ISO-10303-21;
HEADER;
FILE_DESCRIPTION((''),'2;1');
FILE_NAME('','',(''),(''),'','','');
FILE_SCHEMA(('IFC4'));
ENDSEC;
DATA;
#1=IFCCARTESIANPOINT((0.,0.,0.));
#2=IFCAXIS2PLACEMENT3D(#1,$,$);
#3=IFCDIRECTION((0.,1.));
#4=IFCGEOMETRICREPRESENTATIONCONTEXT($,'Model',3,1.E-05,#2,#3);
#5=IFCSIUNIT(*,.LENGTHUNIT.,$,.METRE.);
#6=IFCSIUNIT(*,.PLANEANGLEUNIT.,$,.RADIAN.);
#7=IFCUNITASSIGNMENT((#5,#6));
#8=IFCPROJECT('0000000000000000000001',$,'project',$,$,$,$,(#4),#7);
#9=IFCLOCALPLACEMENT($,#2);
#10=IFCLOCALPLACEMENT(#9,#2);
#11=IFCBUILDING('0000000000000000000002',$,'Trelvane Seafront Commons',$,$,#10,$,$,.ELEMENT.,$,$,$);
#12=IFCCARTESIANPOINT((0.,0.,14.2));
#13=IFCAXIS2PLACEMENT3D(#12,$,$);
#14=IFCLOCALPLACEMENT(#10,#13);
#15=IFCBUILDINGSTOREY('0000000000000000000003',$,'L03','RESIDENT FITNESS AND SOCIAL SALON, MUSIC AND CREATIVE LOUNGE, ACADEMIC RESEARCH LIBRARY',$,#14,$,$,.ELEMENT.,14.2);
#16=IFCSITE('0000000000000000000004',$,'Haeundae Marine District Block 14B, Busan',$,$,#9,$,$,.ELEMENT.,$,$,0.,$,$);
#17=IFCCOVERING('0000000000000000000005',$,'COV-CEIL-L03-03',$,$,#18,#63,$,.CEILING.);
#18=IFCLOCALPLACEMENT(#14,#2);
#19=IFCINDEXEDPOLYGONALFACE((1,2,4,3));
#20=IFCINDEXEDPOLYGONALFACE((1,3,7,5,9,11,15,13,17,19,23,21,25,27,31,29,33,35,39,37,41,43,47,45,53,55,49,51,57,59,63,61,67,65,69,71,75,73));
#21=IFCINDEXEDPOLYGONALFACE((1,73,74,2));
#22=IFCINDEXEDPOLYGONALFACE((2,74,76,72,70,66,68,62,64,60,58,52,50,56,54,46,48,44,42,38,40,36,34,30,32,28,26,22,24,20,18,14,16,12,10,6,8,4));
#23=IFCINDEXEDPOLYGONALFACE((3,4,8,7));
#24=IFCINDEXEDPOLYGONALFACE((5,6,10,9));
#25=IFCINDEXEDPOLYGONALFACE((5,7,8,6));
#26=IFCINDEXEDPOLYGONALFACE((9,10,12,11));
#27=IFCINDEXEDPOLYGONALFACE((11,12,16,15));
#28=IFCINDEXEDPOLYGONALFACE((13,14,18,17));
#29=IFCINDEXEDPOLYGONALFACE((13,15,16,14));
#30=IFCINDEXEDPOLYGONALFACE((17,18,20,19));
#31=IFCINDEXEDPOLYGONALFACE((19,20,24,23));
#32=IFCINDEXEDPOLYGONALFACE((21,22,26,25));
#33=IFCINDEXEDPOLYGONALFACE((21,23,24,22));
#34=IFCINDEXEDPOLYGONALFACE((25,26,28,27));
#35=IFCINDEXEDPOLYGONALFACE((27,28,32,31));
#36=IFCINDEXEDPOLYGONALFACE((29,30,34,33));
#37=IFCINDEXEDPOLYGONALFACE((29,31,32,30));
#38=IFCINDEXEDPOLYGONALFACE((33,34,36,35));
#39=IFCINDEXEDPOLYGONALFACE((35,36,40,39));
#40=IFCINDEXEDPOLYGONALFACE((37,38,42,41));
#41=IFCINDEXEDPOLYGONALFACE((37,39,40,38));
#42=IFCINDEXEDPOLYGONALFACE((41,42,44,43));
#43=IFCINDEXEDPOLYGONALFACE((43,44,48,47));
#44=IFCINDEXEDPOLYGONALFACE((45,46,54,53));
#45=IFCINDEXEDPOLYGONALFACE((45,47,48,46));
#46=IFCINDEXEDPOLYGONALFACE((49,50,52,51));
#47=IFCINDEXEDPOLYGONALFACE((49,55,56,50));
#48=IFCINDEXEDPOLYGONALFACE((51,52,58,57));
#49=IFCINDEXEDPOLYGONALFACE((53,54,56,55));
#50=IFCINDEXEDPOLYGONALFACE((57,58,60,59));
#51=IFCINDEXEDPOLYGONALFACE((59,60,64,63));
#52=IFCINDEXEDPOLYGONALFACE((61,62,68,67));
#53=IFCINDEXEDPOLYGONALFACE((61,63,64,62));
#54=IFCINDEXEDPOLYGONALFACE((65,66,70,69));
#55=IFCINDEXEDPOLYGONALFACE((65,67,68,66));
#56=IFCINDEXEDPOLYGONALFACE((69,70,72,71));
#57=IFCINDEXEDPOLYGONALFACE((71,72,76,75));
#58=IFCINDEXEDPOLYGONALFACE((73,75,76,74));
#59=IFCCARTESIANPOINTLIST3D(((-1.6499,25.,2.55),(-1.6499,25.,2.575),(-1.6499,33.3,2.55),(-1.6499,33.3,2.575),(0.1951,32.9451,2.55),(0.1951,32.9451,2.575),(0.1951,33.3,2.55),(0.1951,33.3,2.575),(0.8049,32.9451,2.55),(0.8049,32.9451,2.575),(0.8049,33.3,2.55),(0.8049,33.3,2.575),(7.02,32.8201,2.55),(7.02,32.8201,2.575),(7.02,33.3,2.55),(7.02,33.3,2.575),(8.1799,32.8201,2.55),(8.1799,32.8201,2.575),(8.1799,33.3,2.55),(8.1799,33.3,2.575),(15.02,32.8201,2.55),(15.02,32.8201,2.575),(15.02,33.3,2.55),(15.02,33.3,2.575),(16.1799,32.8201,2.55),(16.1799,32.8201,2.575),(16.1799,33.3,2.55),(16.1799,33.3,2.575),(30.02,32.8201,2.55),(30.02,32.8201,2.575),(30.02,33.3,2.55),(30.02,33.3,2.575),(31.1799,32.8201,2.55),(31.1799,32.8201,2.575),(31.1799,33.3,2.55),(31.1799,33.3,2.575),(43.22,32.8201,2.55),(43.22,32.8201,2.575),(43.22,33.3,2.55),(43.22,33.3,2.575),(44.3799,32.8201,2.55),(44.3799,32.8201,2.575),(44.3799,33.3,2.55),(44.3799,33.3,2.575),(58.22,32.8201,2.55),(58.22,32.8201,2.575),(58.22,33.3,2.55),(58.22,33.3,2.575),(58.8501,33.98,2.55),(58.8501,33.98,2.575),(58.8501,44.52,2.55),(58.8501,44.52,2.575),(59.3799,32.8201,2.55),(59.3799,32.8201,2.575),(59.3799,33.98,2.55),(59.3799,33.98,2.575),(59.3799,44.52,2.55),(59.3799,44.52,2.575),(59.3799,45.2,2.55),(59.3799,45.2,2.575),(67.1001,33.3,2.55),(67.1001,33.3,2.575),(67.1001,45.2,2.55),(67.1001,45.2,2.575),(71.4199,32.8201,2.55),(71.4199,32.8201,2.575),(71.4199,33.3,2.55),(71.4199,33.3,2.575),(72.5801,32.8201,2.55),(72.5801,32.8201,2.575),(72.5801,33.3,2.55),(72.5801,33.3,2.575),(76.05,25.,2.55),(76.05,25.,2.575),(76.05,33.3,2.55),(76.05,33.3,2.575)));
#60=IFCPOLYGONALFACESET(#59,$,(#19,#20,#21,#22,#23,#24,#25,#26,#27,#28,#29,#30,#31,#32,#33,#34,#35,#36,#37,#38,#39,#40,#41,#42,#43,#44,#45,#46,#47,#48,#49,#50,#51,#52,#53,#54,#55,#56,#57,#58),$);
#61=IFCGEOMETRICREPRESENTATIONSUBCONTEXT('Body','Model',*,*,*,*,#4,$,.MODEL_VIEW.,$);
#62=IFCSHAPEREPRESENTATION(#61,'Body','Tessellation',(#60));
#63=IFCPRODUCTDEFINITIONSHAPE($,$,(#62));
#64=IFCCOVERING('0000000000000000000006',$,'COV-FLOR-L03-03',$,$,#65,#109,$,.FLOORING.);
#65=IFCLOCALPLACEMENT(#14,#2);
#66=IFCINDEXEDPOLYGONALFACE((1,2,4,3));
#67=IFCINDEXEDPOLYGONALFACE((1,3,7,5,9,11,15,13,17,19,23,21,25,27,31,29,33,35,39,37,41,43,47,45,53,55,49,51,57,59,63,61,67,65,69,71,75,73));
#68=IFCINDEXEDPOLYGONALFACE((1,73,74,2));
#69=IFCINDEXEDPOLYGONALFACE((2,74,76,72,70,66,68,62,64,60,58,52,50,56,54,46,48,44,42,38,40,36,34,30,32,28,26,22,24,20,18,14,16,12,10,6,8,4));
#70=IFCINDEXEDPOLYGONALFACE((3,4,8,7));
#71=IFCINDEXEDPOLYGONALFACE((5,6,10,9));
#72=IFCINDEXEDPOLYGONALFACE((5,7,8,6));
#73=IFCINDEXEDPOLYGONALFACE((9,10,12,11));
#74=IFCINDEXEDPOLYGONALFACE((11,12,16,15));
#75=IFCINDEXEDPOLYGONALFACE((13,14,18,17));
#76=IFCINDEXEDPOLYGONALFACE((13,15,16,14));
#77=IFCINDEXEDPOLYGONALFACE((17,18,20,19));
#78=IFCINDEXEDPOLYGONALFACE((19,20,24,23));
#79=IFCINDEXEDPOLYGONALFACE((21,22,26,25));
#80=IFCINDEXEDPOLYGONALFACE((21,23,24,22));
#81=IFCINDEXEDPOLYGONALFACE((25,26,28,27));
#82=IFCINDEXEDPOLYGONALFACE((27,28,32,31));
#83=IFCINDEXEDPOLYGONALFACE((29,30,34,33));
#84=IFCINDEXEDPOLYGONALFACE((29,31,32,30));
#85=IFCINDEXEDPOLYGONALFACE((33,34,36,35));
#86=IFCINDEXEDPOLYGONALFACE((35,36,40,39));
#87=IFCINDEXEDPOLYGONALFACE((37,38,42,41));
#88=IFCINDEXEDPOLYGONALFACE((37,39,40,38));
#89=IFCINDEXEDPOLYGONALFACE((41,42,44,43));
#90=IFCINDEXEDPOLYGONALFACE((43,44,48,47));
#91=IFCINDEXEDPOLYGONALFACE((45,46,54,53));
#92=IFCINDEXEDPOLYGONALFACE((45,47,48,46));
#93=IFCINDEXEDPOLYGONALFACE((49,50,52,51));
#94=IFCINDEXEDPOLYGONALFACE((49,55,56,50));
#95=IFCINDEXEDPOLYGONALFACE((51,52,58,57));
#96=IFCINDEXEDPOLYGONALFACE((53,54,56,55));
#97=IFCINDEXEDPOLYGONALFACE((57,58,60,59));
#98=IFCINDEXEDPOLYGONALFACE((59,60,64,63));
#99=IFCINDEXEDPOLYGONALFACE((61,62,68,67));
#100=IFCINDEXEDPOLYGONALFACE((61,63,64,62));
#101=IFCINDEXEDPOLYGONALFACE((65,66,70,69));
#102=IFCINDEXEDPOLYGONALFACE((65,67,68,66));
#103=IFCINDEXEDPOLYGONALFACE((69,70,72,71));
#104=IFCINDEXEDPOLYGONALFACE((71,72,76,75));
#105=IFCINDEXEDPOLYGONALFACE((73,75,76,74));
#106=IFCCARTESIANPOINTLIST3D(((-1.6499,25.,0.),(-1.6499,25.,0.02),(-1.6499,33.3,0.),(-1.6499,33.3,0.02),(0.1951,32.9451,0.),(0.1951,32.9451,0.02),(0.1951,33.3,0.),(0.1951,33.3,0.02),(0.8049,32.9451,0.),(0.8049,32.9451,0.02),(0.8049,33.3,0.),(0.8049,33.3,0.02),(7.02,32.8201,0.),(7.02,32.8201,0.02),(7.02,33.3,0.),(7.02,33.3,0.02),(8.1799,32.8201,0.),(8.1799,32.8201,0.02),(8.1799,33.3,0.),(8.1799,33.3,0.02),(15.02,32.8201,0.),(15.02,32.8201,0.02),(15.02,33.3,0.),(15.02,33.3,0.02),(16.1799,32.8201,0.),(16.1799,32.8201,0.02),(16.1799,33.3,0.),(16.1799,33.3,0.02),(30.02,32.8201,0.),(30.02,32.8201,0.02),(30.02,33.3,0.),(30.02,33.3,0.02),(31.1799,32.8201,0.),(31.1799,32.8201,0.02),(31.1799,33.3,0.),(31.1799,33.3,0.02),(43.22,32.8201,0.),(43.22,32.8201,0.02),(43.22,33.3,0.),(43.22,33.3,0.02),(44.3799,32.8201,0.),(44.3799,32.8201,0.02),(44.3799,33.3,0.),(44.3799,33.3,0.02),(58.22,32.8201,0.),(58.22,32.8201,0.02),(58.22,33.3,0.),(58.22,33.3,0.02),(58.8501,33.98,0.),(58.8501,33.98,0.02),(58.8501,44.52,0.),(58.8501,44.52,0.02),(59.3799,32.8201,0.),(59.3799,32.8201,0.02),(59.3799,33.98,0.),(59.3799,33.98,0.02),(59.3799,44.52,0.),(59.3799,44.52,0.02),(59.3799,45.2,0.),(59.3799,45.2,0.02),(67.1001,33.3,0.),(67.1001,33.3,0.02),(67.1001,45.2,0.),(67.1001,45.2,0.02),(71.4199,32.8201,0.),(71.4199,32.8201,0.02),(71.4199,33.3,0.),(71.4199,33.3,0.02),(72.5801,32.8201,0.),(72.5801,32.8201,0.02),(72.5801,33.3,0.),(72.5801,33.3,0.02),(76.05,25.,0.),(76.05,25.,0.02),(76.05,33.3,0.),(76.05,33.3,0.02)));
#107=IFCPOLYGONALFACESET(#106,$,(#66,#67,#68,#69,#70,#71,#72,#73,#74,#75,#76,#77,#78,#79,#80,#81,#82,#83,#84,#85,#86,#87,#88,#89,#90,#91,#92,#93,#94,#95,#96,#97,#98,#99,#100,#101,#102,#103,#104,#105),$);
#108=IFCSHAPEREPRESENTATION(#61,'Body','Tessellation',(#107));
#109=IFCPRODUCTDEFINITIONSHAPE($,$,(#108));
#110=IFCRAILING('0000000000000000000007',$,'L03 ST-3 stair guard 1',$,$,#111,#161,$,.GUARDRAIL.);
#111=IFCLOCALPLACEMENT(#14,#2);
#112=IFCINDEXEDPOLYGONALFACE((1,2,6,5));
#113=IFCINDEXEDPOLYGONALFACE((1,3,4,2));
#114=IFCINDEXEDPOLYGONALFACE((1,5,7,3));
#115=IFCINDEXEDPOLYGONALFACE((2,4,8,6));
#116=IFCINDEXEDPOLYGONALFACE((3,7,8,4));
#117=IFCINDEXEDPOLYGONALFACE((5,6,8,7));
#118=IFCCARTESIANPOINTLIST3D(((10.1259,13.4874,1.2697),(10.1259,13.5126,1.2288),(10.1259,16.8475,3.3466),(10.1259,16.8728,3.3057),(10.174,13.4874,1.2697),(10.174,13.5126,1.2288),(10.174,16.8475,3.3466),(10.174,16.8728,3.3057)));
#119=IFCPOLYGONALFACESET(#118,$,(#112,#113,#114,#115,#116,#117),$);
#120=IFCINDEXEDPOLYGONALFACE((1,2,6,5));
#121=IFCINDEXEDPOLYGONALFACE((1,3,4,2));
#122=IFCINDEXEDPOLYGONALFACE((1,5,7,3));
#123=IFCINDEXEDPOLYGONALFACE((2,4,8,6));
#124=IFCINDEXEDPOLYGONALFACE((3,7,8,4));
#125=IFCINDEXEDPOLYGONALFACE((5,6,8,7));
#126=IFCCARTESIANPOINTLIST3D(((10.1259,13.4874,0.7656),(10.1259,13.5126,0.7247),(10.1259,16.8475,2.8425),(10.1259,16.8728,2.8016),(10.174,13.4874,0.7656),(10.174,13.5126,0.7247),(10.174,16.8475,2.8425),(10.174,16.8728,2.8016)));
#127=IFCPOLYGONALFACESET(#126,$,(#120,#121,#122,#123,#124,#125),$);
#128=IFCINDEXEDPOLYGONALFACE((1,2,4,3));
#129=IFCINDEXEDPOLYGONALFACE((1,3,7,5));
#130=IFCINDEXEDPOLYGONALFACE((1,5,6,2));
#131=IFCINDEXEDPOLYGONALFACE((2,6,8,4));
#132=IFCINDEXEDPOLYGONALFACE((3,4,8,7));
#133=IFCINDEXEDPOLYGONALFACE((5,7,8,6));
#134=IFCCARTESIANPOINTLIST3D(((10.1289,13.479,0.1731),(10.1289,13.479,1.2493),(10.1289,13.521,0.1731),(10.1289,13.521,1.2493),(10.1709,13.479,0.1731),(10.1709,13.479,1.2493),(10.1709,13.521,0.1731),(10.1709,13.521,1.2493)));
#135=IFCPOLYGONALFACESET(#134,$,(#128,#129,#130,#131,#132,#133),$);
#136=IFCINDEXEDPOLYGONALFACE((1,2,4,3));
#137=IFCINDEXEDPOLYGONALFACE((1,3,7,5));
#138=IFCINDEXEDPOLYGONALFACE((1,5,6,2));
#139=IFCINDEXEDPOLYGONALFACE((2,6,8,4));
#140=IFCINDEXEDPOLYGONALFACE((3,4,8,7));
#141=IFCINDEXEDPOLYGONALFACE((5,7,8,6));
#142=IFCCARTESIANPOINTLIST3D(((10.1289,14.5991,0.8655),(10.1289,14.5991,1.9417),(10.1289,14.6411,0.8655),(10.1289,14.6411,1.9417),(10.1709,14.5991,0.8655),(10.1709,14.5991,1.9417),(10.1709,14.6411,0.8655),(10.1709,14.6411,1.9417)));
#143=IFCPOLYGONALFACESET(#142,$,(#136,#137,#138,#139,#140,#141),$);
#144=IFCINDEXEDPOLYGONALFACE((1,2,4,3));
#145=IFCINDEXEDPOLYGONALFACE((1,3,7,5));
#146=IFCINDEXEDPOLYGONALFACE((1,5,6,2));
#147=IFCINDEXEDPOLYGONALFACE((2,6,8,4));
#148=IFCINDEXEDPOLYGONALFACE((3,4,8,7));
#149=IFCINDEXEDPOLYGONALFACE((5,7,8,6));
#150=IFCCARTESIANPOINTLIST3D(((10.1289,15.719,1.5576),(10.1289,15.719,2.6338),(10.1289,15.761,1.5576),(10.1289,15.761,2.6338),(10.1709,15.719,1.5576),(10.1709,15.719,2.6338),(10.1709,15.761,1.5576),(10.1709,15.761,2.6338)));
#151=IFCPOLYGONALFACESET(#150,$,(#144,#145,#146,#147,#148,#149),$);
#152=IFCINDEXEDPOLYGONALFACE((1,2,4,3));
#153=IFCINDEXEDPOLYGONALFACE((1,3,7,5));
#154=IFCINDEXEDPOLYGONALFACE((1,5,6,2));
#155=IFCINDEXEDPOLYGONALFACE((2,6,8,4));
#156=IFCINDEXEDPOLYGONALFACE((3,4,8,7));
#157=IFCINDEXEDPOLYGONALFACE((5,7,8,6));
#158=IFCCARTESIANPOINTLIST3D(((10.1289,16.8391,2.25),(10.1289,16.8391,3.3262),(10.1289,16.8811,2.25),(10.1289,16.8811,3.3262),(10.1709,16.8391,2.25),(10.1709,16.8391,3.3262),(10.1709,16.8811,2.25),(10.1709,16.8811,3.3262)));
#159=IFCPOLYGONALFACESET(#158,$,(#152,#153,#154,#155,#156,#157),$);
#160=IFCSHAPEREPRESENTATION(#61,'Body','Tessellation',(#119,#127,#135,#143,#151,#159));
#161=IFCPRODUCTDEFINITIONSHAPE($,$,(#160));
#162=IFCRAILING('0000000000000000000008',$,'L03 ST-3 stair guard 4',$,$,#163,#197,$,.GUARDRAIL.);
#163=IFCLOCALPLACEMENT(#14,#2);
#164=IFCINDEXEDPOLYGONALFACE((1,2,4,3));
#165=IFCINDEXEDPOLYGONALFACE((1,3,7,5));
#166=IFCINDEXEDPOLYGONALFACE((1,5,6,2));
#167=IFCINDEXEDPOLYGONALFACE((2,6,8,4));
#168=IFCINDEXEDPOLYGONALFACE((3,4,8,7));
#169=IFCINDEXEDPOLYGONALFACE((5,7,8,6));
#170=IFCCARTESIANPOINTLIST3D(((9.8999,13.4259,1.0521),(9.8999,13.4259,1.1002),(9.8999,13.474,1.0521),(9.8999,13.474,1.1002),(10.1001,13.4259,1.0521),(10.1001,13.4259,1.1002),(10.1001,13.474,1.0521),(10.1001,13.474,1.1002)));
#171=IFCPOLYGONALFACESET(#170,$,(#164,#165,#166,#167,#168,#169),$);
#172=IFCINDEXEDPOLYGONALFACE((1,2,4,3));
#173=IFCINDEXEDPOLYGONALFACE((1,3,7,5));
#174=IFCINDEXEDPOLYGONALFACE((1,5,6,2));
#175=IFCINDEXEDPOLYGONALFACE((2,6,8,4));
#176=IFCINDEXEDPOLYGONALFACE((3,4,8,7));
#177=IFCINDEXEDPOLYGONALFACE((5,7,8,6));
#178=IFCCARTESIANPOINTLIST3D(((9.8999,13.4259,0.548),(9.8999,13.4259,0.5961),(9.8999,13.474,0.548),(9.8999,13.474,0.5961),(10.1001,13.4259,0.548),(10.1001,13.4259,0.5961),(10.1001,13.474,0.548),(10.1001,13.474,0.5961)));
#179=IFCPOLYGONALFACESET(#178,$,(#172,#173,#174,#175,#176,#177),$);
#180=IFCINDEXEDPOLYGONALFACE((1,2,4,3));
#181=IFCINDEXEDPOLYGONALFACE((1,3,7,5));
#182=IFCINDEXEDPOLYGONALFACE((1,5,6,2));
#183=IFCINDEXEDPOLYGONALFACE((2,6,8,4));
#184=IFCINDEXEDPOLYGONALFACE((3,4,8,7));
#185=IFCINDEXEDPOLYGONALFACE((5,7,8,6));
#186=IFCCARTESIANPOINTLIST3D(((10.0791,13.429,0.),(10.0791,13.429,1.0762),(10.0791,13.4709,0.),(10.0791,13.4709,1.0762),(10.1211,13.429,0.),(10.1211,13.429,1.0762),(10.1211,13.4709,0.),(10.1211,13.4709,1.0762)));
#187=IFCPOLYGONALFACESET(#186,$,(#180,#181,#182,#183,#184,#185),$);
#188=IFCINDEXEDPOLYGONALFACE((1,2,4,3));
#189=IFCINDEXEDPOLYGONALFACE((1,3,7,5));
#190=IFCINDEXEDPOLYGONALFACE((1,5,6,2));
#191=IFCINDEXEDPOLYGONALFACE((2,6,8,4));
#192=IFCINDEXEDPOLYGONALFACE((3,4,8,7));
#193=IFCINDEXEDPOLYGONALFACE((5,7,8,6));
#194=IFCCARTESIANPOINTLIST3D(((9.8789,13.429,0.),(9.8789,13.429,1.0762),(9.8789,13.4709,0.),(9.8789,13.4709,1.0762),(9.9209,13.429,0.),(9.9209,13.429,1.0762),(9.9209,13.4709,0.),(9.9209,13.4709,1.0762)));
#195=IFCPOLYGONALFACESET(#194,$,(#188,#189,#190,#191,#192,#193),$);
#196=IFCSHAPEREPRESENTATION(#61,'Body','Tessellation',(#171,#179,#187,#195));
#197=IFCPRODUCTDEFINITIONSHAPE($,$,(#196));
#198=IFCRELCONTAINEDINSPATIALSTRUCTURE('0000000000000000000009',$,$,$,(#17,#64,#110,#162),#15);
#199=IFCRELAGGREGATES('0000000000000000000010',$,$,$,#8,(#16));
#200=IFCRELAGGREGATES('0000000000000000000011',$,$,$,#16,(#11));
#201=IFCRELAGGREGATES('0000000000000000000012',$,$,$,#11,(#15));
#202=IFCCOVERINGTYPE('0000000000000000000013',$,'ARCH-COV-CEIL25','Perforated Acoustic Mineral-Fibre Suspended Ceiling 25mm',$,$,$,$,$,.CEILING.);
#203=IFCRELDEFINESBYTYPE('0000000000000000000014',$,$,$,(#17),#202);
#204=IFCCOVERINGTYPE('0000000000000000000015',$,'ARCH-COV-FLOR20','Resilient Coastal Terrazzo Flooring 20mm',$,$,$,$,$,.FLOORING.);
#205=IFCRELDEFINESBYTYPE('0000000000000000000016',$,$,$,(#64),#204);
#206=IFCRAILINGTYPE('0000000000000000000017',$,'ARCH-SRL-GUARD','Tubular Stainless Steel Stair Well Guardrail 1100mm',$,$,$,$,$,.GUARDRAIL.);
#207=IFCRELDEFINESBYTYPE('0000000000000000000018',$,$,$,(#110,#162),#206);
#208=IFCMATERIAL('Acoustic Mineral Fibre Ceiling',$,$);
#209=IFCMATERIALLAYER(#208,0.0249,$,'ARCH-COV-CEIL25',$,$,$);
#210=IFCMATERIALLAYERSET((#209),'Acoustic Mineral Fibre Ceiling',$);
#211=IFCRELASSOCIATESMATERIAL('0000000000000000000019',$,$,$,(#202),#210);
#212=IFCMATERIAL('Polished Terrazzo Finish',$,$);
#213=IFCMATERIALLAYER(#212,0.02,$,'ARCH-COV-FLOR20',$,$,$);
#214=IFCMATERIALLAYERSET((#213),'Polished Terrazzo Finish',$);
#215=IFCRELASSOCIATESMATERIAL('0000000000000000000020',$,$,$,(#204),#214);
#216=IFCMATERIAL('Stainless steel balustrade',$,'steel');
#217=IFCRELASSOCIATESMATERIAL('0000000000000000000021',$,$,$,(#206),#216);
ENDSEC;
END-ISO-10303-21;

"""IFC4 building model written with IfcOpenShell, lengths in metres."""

from ifc_helpers import new_model, si_unit, direction, frame, origin, origin_2d, place, context, subcontext, project, spatial, polyline, rectangle, outline, extrude, material, layer, layer_set, type_object, element, save


model = new_model("IFC4")

# Units and contexts
model_context = context("Model", 3, precision=1e-05, world=origin(), true_north=direction((0.0, 1.0)))
body_context = subcontext(model_context, "Body", "Model", "MODEL_VIEW")
ifc_project = project(units=[si_unit("LENGTHUNIT", "METRE"), si_unit("PLANEANGLEUNIT", "RADIAN")], contexts=[model_context])

# Site, building, storey
site_placement = place(None, origin())
site = spatial("IfcSite", under=ifc_project, at=site_placement, Name="Haeundae Marine District Block 14B, Busan", CompositionType="ELEMENT", RefElevation=0.0)
building_placement = place(site_placement, origin())
building = spatial("IfcBuilding", under=site, at=building_placement, Name="Trelvane Seafront Commons", CompositionType="ELEMENT")
storey_placement = place(building_placement, frame((0.0, 0.0, 14.2)))
storey = spatial("IfcBuildingStorey", under=building, at=storey_placement, Name="L03", Description="RESIDENT FITNESS AND SOCIAL SALON, MUSIC AND CREATIVE LOUNGE, ACADEMIC RESEARCH LIBRARY", CompositionType="ELEMENT", Elevation=14.2)

# Coverings
ifc_material_1 = material(Name="Acoustic Mineral Fibre Ceiling")
ifc_layer_1 = layer(ifc_material_1, 0.0249, Name="ARCH-COV-CEIL25")
ifc_layer_set_1 = layer_set([ifc_layer_1], Name="Acoustic Mineral Fibre Ceiling")
covering_type_1 = type_object("IfcCoveringType", Name="ARCH-COV-CEIL25", Description="Perforated Acoustic Mineral-Fibre Suspended Ceiling 25mm", PredefinedType="CEILING", material=ifc_layer_set_1)
covering_1_placement = place(storey_placement, frame((0.0, 0.0, 2.55)))
element("IfcCovering", 1, at=covering_1_placement, inside=storey, type_object=covering_type_1, Name="COV-CEIL-L03-03", PredefinedType="CEILING", context=body_context, shape_type="SweptSolid", body=[
    extrude(outline(polyline([(72.5801, 33.3), (72.5801, 32.8201), (71.4199, 32.8201), (71.4199, 33.3), (67.1001, 33.3), (67.1001, 45.2), (59.3799, 45.2), (59.3799, 44.52), (58.8501, 44.52), (58.8501, 33.98), (59.3799, 33.98), (59.3799, 32.8201), (58.22, 32.8201), (58.22, 33.3), (44.3799, 33.3), (44.3799, 32.8201), (43.22, 32.8201), (43.22, 33.3), (31.1799, 33.3), (31.1799, 32.8201), (30.02, 32.8201), (30.02, 33.3), (16.1799, 33.3), (16.1799, 32.8201), (15.02, 32.8201), (15.02, 33.3), (8.1799, 33.3), (8.1799, 32.8201), (7.02, 32.8201), (7.02, 33.3), (0.8049, 33.3), (0.8049, 32.9451), (0.1951, 32.9451), (0.1951, 33.3), (-1.6499, 33.3), (-1.6499, 25.0), (76.05, 25.0), (76.05, 33.3), (72.5801, 33.3)])), origin(), (0.0, 0.0, 1.0), 0.0249),
])
ifc_material_2 = material(Name="Polished Terrazzo Finish")
ifc_layer_2 = layer(ifc_material_2, 0.02, Name="ARCH-COV-FLOR20")
ifc_layer_set_2 = layer_set([ifc_layer_2], Name="Polished Terrazzo Finish")
covering_type_2 = type_object("IfcCoveringType", Name="ARCH-COV-FLOR20", Description="Resilient Coastal Terrazzo Flooring 20mm", PredefinedType="FLOORING", material=ifc_layer_set_2)
covering_2_placement = place(storey_placement, origin())
element("IfcCovering", 2, at=covering_2_placement, inside=storey, type_object=covering_type_2, Name="COV-FLOR-L03-03", PredefinedType="FLOORING", context=body_context, shape_type="SweptSolid", body=[
    extrude(outline(polyline([(72.5801, 33.3), (72.5801, 32.8201), (71.4199, 32.8201), (71.4199, 33.3), (67.1001, 33.3), (67.1001, 45.2), (59.3799, 45.2), (59.3799, 44.52), (58.8501, 44.52), (58.8501, 33.98), (59.3799, 33.98), (59.3799, 32.8201), (58.22, 32.8201), (58.22, 33.3), (44.3799, 33.3), (44.3799, 32.8201), (43.22, 32.8201), (43.22, 33.3), (31.1799, 33.3), (31.1799, 32.8201), (30.02, 32.8201), (30.02, 33.3), (16.1799, 33.3), (16.1799, 32.8201), (15.02, 32.8201), (15.02, 33.3), (8.1799, 33.3), (8.1799, 32.8201), (7.02, 32.8201), (7.02, 33.3), (0.8049, 33.3), (0.8049, 32.9451), (0.1951, 32.9451), (0.1951, 33.3), (-1.6499, 33.3), (-1.6499, 25.0), (76.05, 25.0), (76.05, 33.3), (72.5801, 33.3)])), origin(), (0.0, 0.0, 1.0), 0.02),
])

# Railings
ifc_material_3 = material(Name="Stainless steel balustrade", Category="steel")
railing_type = type_object("IfcRailingType", Name="ARCH-SRL-GUARD", Description="Tubular Stainless Steel Stair Well Guardrail 1100mm", PredefinedType="GUARDRAIL", material=ifc_material_3)
railing_1_placement = place(storey_placement, frame((10.1499, 13.5, 0.1731)))
element("IfcRailing", 3, at=railing_1_placement, inside=storey, type_object=railing_type, Name="L03 ST-3 stair guard 1", PredefinedType="GUARDRAIL", context=body_context, shape_type="SweptSolid", body=[
    extrude(rectangle(XDim=0.0481, YDim=0.0481, at=origin_2d()), frame((0.0, 0.0, 1.0762), z_axis=(0.0, 0.850623, 0.525776), x_axis=(-1.0, 0.0, 0.0)), (0.0, 0.0, 1.0), 3.9502),
    extrude(rectangle(XDim=0.0481, YDim=0.0481, at=origin_2d()), frame((0.0, 0.0, 0.572), z_axis=(0.0, 0.850623, 0.525776), x_axis=(-1.0, 0.0, 0.0)), (0.0, 0.0, 1.0), 3.9502),
    extrude(rectangle(XDim=0.042, YDim=0.042, at=origin_2d()), origin(), (0.0, 0.0, 1.0), 1.0762),
    extrude(rectangle(XDim=0.042, YDim=0.042, at=origin_2d()), frame((0.0, 1.1201, 0.6924)), (0.0, 0.0, 1.0), 1.0762),
    extrude(rectangle(XDim=0.042, YDim=0.042, at=origin_2d()), frame((0.0, 2.24, 1.3845)), (0.0, 0.0, 1.0), 1.0762),
    extrude(rectangle(XDim=0.042, YDim=0.042, at=origin_2d()), frame((0.0, 3.3601, 2.0769)), (0.0, 0.0, 1.0), 1.0762),
])
railing_2_placement = place(storey_placement, frame((10.1001, 13.45, 0.0)))
element("IfcRailing", 4, at=railing_2_placement, inside=storey, type_object=railing_type, Name="L03 ST-3 stair guard 4", PredefinedType="GUARDRAIL", context=body_context, shape_type="SweptSolid", body=[
    extrude(rectangle(XDim=0.0481, YDim=0.0481, at=origin_2d()), frame((0.0, 0.0, 1.0762), z_axis=(-1.0, 0.0, 0.0), x_axis=(0.0, -1.0, 0.0)), (0.0, 0.0, 1.0), 0.2002),
    extrude(rectangle(XDim=0.0481, YDim=0.0481, at=origin_2d()), frame((0.0, 0.0, 0.572), z_axis=(-1.0, 0.0, 0.0), x_axis=(0.0, -1.0, 0.0)), (0.0, 0.0, 1.0), 0.2002),
    extrude(rectangle(XDim=0.042, YDim=0.042, at=origin_2d()), origin(), (0.0, 0.0, 1.0), 1.0762),
    extrude(rectangle(XDim=0.042, YDim=0.042, at=origin_2d()), frame((-0.2002, 0.0, 0.0)), (0.0, 0.0, 1.0), 1.0762),
])

save(model, "model.ifc")
